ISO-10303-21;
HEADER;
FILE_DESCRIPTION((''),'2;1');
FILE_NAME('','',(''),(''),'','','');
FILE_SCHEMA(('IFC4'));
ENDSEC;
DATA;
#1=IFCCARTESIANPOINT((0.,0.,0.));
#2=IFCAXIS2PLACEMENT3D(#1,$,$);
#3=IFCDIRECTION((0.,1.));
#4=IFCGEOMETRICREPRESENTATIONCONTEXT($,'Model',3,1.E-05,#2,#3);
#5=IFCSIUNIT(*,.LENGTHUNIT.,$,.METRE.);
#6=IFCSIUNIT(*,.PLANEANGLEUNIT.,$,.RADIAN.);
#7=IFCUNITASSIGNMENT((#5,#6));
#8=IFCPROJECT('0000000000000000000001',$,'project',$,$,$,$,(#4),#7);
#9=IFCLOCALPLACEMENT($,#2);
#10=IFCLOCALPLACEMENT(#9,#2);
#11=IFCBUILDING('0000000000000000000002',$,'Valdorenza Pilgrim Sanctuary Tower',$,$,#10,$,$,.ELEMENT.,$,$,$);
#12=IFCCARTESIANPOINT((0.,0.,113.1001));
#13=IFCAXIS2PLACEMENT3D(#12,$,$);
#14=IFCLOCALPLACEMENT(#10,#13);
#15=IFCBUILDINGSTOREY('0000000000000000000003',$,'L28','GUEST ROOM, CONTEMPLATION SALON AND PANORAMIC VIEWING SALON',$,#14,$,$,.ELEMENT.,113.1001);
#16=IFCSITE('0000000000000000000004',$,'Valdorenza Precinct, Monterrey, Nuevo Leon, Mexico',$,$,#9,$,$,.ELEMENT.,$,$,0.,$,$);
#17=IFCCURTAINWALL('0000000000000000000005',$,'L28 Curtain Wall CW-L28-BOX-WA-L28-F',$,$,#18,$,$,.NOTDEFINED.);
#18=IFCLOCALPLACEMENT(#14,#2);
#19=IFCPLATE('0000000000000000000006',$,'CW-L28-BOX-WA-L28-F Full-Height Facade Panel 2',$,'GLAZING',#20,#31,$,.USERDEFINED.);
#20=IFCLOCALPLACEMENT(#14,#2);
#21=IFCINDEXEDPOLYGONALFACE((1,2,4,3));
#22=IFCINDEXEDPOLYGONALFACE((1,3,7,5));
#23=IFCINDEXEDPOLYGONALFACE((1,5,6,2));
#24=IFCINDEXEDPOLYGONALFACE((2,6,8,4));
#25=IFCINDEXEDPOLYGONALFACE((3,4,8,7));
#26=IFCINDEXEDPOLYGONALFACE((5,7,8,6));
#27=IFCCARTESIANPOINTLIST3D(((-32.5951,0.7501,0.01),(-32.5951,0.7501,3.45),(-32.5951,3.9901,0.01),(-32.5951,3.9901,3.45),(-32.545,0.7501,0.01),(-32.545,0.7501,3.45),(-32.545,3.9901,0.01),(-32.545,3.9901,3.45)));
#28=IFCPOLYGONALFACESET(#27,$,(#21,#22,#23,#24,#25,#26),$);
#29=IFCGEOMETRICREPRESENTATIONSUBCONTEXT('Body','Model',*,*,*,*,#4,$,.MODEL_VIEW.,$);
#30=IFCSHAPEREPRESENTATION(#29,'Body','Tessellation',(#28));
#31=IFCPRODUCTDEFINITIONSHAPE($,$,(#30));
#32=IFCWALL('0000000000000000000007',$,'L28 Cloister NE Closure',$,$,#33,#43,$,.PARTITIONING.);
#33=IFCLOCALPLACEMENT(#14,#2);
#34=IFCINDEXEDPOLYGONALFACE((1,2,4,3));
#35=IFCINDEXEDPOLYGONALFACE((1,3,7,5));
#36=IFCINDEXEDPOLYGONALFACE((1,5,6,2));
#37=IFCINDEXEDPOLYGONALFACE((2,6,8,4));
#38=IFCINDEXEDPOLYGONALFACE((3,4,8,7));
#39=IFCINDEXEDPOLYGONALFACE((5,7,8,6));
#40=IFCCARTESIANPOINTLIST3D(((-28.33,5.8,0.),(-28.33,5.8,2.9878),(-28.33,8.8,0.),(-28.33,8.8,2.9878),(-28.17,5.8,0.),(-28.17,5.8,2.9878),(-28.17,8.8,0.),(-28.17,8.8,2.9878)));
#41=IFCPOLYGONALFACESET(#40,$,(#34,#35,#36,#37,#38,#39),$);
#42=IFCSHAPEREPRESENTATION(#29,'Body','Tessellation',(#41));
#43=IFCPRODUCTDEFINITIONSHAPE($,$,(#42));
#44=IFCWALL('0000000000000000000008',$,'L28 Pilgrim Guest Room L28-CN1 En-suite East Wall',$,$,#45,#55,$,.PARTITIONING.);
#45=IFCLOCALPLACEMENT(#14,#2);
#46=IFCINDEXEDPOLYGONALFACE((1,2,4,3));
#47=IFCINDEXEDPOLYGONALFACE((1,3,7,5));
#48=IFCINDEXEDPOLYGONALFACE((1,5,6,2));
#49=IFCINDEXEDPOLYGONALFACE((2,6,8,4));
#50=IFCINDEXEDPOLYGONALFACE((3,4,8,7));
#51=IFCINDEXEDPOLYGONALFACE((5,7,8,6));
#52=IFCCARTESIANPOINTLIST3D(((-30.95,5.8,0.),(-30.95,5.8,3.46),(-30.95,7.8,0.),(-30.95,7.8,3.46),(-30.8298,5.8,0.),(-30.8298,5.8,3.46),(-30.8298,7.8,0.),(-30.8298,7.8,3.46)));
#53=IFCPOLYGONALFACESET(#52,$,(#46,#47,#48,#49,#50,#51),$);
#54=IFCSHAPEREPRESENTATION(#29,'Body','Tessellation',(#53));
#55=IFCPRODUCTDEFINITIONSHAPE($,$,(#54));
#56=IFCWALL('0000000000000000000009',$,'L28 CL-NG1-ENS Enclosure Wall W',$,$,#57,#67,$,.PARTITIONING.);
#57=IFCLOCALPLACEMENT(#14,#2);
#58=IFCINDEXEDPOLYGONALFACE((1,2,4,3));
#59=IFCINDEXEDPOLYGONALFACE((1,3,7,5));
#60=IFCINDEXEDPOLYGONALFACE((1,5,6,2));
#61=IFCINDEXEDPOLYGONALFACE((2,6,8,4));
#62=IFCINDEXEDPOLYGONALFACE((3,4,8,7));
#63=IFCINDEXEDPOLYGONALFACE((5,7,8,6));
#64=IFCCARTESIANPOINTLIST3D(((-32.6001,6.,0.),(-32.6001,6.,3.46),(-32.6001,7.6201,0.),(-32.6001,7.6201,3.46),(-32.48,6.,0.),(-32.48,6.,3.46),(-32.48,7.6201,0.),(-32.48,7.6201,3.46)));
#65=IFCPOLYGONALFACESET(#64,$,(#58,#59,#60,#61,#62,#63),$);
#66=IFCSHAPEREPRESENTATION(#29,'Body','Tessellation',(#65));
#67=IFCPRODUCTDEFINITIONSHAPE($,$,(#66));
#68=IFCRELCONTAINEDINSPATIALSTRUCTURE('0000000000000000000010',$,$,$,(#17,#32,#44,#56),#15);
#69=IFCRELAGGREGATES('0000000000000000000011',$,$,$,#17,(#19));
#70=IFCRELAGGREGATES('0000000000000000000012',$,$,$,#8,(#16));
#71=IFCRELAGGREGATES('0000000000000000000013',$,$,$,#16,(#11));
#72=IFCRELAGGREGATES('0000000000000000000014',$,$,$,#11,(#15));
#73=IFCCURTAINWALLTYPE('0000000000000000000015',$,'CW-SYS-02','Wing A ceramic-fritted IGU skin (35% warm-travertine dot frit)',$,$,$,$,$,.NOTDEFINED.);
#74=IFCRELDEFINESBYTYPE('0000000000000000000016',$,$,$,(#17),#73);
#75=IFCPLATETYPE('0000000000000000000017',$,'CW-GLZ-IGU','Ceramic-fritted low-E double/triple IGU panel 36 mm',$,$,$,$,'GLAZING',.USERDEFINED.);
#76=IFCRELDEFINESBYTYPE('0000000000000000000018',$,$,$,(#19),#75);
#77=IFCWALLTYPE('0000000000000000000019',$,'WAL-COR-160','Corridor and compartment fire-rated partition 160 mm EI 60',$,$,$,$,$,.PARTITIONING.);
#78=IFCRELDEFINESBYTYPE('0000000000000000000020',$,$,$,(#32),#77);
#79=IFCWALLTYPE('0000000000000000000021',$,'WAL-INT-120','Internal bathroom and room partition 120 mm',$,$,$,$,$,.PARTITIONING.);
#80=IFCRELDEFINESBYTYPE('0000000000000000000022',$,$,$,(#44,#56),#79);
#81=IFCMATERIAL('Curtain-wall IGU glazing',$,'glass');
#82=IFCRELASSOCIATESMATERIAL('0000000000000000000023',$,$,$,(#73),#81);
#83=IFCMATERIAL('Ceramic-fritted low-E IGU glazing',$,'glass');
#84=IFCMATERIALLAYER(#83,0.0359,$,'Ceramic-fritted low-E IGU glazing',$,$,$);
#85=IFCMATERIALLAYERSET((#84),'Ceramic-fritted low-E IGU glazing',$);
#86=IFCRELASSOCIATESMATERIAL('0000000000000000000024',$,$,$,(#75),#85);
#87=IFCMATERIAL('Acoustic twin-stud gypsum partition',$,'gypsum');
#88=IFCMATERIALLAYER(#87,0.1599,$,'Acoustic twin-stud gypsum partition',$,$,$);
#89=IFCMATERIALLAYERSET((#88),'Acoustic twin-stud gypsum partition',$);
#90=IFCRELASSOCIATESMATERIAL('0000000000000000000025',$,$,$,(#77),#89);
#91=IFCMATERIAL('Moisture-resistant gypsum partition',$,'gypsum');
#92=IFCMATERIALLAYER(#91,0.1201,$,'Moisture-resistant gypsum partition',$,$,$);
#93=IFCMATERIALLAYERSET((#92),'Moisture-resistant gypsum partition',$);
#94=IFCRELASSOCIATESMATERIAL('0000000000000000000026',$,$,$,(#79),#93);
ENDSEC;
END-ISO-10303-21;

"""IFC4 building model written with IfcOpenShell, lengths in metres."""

from ifc_helpers import new_model, si_unit, direction, frame, frame_2d, origin, origin_2d, place, context, subcontext, project, spatial, rectangle, extrude, source, transform, mapped, material, layer, layer_set, type_object, element, aggregate, save


model = new_model("IFC4")

# Units and contexts
model_context = context("Model", 3, precision=1e-05, world=origin(), true_north=direction((0.0, 1.0)))
body_context = subcontext(model_context, "Body", "Model", "MODEL_VIEW")
ifc_project = project(units=[si_unit("LENGTHUNIT", "METRE"), si_unit("PLANEANGLEUNIT", "RADIAN")], contexts=[model_context])

# Site, building, storey
site_placement = place(None, origin())
site = spatial("IfcSite", under=ifc_project, at=site_placement, Name="Valdorenza Precinct, Monterrey, Nuevo Leon, Mexico", CompositionType="ELEMENT", RefElevation=0.0)
building_placement = place(site_placement, origin())
building = spatial("IfcBuilding", under=site, at=building_placement, Name="Valdorenza Pilgrim Sanctuary Tower", CompositionType="ELEMENT")
storey_placement = place(building_placement, frame((0.0, 0.0, 113.1001)))
storey = spatial("IfcBuildingStorey", under=building, at=storey_placement, Name="L28", Description="GUEST ROOM, CONTEMPLATION SALON AND PANORAMIC VIEWING SALON", CompositionType="ELEMENT", Elevation=113.1001)

# Curtain wall, plate
ifc_material_1 = material(Name="Curtain-wall IGU glazing", Category="glass")
curtain_wall_type = type_object("IfcCurtainWallType", Name="CW-SYS-02", Description="Wing A ceramic-fritted IGU skin (35% warm-travertine dot frit)", PredefinedType="NOTDEFINED", material=ifc_material_1)
curtain_wall_placement = place(storey_placement, origin())
curtain_wall = element("IfcCurtainWall", 1, at=curtain_wall_placement, inside=storey, type_object=curtain_wall_type, Name="L28 Curtain Wall CW-L28-BOX-WA-L28-F", PredefinedType="NOTDEFINED")
ifc_material_2 = material(Name="Ceramic-fritted low-E IGU glazing", Category="glass")
ifc_layer_1 = layer(ifc_material_2, 0.0359, Name="Ceramic-fritted low-E IGU glazing")
ifc_layer_set_1 = layer_set([ifc_layer_1], Name="Ceramic-fritted low-E IGU glazing")
plate_type_1 = type_object("IfcPlateType", Name="CW-GLZ-IGU", Description="Ceramic-fritted low-E double/triple IGU panel 36 mm", ElementType="GLAZING", PredefinedType="USERDEFINED", material=ifc_layer_set_1)
shared_shape_1 = source(origin(), body_context, "Body", "SweptSolid", [
    extrude(rectangle(XDim=3.24, YDim=0.05, at=origin_2d()), origin(), (0.0, 0.0, 1.0), 3.4399),
])
plate_1_placement = place(storey_placement, frame((-32.5701, 2.3701, 0.01), z_axis=(0.0, 0.0, 1.0), x_axis=(0.0, 1.0, 0.0)))
plate_1 = element("IfcPlate", 2, at=plate_1_placement, type_object=plate_type_1, Name="CW-L28-BOX-WA-L28-F Full-Height Facade Panel 2", ObjectType="GLAZING", PredefinedType="USERDEFINED", context=body_context, shape_type="MappedRepresentation", body=[
    mapped(shared_shape_1, transform((0.0, 0.0, 0.0), x_axis=(1.0, 0.0, 0.0), y_axis=(0.0, 1.0, 0.0), z_axis=(0.0, 0.0, 1.0), scale=1.0)),
])
aggregate(curtain_wall, [plate_1])

# Shared definitions
ifc_material_3 = material(Name="Acoustic twin-stud gypsum partition", Category="gypsum")
ifc_layer_2 = layer(ifc_material_3, 0.1599, Name="Acoustic twin-stud gypsum partition")
ifc_layer_set_2 = layer_set([ifc_layer_2], Name="Acoustic twin-stud gypsum partition")
wall_type_1 = type_object("IfcWallType", Name="WAL-COR-160", Description="Corridor and compartment fire-rated partition 160 mm EI 60", PredefinedType="PARTITIONING", material=ifc_layer_set_2)

# Wall
wall_1_placement = place(storey_placement, frame((-28.25, 5.8, 0.0), z_axis=(0.0, 0.0, 1.0), x_axis=(0.0, 1.0, 0.0)))
element("IfcWall", 3, at=wall_1_placement, inside=storey, type_object=wall_type_1, Name="L28 Cloister NE Closure", PredefinedType="PARTITIONING", context=body_context, shape_type="SweptSolid", body=[
    extrude(rectangle(XDim=3.0, YDim=0.1599, at=frame_2d((1.5, 0.0))), origin(), (0.0, 0.0, 1.0), 2.9878),
])

# Walls
ifc_material_4 = material(Name="Moisture-resistant gypsum partition", Category="gypsum")
ifc_layer_3 = layer(ifc_material_4, 0.1201, Name="Moisture-resistant gypsum partition")
ifc_layer_set_3 = layer_set([ifc_layer_3], Name="Moisture-resistant gypsum partition")
wall_type_2 = type_object("IfcWallType", Name="WAL-INT-120", Description="Internal bathroom and room partition 120 mm", PredefinedType="PARTITIONING", material=ifc_layer_set_3)
wall_2_placement = place(storey_placement, frame((-30.8899, 5.8, 0.0), z_axis=(0.0, 0.0, 1.0), x_axis=(0.0, 1.0, 0.0)))
element("IfcWall", 4, at=wall_2_placement, inside=storey, type_object=wall_type_2, Name="L28 Pilgrim Guest Room L28-CN1 En-suite East Wall", PredefinedType="PARTITIONING", context=body_context, shape_type="SweptSolid", body=[
    extrude(rectangle(XDim=2.0, YDim=0.1201, at=frame_2d((1.0, 0.0))), origin(), (0.0, 0.0, 1.0), 3.46),
])
wall_3_placement = place(storey_placement, frame((-32.54, 6.0, 0.0), z_axis=(0.0, 0.0, 1.0), x_axis=(0.0, 1.0, 0.0)))
element("IfcWall", 5, at=wall_3_placement, inside=storey, type_object=wall_type_2, Name="L28 CL-NG1-ENS Enclosure Wall W", PredefinedType="PARTITIONING", context=body_context, shape_type="SweptSolid", body=[
    extrude(rectangle(XDim=1.6201, YDim=0.1201, at=frame_2d((0.8101, 0.0))), origin(), (0.0, 0.0, 1.0), 3.46),
])

save(model, "model.ifc")
